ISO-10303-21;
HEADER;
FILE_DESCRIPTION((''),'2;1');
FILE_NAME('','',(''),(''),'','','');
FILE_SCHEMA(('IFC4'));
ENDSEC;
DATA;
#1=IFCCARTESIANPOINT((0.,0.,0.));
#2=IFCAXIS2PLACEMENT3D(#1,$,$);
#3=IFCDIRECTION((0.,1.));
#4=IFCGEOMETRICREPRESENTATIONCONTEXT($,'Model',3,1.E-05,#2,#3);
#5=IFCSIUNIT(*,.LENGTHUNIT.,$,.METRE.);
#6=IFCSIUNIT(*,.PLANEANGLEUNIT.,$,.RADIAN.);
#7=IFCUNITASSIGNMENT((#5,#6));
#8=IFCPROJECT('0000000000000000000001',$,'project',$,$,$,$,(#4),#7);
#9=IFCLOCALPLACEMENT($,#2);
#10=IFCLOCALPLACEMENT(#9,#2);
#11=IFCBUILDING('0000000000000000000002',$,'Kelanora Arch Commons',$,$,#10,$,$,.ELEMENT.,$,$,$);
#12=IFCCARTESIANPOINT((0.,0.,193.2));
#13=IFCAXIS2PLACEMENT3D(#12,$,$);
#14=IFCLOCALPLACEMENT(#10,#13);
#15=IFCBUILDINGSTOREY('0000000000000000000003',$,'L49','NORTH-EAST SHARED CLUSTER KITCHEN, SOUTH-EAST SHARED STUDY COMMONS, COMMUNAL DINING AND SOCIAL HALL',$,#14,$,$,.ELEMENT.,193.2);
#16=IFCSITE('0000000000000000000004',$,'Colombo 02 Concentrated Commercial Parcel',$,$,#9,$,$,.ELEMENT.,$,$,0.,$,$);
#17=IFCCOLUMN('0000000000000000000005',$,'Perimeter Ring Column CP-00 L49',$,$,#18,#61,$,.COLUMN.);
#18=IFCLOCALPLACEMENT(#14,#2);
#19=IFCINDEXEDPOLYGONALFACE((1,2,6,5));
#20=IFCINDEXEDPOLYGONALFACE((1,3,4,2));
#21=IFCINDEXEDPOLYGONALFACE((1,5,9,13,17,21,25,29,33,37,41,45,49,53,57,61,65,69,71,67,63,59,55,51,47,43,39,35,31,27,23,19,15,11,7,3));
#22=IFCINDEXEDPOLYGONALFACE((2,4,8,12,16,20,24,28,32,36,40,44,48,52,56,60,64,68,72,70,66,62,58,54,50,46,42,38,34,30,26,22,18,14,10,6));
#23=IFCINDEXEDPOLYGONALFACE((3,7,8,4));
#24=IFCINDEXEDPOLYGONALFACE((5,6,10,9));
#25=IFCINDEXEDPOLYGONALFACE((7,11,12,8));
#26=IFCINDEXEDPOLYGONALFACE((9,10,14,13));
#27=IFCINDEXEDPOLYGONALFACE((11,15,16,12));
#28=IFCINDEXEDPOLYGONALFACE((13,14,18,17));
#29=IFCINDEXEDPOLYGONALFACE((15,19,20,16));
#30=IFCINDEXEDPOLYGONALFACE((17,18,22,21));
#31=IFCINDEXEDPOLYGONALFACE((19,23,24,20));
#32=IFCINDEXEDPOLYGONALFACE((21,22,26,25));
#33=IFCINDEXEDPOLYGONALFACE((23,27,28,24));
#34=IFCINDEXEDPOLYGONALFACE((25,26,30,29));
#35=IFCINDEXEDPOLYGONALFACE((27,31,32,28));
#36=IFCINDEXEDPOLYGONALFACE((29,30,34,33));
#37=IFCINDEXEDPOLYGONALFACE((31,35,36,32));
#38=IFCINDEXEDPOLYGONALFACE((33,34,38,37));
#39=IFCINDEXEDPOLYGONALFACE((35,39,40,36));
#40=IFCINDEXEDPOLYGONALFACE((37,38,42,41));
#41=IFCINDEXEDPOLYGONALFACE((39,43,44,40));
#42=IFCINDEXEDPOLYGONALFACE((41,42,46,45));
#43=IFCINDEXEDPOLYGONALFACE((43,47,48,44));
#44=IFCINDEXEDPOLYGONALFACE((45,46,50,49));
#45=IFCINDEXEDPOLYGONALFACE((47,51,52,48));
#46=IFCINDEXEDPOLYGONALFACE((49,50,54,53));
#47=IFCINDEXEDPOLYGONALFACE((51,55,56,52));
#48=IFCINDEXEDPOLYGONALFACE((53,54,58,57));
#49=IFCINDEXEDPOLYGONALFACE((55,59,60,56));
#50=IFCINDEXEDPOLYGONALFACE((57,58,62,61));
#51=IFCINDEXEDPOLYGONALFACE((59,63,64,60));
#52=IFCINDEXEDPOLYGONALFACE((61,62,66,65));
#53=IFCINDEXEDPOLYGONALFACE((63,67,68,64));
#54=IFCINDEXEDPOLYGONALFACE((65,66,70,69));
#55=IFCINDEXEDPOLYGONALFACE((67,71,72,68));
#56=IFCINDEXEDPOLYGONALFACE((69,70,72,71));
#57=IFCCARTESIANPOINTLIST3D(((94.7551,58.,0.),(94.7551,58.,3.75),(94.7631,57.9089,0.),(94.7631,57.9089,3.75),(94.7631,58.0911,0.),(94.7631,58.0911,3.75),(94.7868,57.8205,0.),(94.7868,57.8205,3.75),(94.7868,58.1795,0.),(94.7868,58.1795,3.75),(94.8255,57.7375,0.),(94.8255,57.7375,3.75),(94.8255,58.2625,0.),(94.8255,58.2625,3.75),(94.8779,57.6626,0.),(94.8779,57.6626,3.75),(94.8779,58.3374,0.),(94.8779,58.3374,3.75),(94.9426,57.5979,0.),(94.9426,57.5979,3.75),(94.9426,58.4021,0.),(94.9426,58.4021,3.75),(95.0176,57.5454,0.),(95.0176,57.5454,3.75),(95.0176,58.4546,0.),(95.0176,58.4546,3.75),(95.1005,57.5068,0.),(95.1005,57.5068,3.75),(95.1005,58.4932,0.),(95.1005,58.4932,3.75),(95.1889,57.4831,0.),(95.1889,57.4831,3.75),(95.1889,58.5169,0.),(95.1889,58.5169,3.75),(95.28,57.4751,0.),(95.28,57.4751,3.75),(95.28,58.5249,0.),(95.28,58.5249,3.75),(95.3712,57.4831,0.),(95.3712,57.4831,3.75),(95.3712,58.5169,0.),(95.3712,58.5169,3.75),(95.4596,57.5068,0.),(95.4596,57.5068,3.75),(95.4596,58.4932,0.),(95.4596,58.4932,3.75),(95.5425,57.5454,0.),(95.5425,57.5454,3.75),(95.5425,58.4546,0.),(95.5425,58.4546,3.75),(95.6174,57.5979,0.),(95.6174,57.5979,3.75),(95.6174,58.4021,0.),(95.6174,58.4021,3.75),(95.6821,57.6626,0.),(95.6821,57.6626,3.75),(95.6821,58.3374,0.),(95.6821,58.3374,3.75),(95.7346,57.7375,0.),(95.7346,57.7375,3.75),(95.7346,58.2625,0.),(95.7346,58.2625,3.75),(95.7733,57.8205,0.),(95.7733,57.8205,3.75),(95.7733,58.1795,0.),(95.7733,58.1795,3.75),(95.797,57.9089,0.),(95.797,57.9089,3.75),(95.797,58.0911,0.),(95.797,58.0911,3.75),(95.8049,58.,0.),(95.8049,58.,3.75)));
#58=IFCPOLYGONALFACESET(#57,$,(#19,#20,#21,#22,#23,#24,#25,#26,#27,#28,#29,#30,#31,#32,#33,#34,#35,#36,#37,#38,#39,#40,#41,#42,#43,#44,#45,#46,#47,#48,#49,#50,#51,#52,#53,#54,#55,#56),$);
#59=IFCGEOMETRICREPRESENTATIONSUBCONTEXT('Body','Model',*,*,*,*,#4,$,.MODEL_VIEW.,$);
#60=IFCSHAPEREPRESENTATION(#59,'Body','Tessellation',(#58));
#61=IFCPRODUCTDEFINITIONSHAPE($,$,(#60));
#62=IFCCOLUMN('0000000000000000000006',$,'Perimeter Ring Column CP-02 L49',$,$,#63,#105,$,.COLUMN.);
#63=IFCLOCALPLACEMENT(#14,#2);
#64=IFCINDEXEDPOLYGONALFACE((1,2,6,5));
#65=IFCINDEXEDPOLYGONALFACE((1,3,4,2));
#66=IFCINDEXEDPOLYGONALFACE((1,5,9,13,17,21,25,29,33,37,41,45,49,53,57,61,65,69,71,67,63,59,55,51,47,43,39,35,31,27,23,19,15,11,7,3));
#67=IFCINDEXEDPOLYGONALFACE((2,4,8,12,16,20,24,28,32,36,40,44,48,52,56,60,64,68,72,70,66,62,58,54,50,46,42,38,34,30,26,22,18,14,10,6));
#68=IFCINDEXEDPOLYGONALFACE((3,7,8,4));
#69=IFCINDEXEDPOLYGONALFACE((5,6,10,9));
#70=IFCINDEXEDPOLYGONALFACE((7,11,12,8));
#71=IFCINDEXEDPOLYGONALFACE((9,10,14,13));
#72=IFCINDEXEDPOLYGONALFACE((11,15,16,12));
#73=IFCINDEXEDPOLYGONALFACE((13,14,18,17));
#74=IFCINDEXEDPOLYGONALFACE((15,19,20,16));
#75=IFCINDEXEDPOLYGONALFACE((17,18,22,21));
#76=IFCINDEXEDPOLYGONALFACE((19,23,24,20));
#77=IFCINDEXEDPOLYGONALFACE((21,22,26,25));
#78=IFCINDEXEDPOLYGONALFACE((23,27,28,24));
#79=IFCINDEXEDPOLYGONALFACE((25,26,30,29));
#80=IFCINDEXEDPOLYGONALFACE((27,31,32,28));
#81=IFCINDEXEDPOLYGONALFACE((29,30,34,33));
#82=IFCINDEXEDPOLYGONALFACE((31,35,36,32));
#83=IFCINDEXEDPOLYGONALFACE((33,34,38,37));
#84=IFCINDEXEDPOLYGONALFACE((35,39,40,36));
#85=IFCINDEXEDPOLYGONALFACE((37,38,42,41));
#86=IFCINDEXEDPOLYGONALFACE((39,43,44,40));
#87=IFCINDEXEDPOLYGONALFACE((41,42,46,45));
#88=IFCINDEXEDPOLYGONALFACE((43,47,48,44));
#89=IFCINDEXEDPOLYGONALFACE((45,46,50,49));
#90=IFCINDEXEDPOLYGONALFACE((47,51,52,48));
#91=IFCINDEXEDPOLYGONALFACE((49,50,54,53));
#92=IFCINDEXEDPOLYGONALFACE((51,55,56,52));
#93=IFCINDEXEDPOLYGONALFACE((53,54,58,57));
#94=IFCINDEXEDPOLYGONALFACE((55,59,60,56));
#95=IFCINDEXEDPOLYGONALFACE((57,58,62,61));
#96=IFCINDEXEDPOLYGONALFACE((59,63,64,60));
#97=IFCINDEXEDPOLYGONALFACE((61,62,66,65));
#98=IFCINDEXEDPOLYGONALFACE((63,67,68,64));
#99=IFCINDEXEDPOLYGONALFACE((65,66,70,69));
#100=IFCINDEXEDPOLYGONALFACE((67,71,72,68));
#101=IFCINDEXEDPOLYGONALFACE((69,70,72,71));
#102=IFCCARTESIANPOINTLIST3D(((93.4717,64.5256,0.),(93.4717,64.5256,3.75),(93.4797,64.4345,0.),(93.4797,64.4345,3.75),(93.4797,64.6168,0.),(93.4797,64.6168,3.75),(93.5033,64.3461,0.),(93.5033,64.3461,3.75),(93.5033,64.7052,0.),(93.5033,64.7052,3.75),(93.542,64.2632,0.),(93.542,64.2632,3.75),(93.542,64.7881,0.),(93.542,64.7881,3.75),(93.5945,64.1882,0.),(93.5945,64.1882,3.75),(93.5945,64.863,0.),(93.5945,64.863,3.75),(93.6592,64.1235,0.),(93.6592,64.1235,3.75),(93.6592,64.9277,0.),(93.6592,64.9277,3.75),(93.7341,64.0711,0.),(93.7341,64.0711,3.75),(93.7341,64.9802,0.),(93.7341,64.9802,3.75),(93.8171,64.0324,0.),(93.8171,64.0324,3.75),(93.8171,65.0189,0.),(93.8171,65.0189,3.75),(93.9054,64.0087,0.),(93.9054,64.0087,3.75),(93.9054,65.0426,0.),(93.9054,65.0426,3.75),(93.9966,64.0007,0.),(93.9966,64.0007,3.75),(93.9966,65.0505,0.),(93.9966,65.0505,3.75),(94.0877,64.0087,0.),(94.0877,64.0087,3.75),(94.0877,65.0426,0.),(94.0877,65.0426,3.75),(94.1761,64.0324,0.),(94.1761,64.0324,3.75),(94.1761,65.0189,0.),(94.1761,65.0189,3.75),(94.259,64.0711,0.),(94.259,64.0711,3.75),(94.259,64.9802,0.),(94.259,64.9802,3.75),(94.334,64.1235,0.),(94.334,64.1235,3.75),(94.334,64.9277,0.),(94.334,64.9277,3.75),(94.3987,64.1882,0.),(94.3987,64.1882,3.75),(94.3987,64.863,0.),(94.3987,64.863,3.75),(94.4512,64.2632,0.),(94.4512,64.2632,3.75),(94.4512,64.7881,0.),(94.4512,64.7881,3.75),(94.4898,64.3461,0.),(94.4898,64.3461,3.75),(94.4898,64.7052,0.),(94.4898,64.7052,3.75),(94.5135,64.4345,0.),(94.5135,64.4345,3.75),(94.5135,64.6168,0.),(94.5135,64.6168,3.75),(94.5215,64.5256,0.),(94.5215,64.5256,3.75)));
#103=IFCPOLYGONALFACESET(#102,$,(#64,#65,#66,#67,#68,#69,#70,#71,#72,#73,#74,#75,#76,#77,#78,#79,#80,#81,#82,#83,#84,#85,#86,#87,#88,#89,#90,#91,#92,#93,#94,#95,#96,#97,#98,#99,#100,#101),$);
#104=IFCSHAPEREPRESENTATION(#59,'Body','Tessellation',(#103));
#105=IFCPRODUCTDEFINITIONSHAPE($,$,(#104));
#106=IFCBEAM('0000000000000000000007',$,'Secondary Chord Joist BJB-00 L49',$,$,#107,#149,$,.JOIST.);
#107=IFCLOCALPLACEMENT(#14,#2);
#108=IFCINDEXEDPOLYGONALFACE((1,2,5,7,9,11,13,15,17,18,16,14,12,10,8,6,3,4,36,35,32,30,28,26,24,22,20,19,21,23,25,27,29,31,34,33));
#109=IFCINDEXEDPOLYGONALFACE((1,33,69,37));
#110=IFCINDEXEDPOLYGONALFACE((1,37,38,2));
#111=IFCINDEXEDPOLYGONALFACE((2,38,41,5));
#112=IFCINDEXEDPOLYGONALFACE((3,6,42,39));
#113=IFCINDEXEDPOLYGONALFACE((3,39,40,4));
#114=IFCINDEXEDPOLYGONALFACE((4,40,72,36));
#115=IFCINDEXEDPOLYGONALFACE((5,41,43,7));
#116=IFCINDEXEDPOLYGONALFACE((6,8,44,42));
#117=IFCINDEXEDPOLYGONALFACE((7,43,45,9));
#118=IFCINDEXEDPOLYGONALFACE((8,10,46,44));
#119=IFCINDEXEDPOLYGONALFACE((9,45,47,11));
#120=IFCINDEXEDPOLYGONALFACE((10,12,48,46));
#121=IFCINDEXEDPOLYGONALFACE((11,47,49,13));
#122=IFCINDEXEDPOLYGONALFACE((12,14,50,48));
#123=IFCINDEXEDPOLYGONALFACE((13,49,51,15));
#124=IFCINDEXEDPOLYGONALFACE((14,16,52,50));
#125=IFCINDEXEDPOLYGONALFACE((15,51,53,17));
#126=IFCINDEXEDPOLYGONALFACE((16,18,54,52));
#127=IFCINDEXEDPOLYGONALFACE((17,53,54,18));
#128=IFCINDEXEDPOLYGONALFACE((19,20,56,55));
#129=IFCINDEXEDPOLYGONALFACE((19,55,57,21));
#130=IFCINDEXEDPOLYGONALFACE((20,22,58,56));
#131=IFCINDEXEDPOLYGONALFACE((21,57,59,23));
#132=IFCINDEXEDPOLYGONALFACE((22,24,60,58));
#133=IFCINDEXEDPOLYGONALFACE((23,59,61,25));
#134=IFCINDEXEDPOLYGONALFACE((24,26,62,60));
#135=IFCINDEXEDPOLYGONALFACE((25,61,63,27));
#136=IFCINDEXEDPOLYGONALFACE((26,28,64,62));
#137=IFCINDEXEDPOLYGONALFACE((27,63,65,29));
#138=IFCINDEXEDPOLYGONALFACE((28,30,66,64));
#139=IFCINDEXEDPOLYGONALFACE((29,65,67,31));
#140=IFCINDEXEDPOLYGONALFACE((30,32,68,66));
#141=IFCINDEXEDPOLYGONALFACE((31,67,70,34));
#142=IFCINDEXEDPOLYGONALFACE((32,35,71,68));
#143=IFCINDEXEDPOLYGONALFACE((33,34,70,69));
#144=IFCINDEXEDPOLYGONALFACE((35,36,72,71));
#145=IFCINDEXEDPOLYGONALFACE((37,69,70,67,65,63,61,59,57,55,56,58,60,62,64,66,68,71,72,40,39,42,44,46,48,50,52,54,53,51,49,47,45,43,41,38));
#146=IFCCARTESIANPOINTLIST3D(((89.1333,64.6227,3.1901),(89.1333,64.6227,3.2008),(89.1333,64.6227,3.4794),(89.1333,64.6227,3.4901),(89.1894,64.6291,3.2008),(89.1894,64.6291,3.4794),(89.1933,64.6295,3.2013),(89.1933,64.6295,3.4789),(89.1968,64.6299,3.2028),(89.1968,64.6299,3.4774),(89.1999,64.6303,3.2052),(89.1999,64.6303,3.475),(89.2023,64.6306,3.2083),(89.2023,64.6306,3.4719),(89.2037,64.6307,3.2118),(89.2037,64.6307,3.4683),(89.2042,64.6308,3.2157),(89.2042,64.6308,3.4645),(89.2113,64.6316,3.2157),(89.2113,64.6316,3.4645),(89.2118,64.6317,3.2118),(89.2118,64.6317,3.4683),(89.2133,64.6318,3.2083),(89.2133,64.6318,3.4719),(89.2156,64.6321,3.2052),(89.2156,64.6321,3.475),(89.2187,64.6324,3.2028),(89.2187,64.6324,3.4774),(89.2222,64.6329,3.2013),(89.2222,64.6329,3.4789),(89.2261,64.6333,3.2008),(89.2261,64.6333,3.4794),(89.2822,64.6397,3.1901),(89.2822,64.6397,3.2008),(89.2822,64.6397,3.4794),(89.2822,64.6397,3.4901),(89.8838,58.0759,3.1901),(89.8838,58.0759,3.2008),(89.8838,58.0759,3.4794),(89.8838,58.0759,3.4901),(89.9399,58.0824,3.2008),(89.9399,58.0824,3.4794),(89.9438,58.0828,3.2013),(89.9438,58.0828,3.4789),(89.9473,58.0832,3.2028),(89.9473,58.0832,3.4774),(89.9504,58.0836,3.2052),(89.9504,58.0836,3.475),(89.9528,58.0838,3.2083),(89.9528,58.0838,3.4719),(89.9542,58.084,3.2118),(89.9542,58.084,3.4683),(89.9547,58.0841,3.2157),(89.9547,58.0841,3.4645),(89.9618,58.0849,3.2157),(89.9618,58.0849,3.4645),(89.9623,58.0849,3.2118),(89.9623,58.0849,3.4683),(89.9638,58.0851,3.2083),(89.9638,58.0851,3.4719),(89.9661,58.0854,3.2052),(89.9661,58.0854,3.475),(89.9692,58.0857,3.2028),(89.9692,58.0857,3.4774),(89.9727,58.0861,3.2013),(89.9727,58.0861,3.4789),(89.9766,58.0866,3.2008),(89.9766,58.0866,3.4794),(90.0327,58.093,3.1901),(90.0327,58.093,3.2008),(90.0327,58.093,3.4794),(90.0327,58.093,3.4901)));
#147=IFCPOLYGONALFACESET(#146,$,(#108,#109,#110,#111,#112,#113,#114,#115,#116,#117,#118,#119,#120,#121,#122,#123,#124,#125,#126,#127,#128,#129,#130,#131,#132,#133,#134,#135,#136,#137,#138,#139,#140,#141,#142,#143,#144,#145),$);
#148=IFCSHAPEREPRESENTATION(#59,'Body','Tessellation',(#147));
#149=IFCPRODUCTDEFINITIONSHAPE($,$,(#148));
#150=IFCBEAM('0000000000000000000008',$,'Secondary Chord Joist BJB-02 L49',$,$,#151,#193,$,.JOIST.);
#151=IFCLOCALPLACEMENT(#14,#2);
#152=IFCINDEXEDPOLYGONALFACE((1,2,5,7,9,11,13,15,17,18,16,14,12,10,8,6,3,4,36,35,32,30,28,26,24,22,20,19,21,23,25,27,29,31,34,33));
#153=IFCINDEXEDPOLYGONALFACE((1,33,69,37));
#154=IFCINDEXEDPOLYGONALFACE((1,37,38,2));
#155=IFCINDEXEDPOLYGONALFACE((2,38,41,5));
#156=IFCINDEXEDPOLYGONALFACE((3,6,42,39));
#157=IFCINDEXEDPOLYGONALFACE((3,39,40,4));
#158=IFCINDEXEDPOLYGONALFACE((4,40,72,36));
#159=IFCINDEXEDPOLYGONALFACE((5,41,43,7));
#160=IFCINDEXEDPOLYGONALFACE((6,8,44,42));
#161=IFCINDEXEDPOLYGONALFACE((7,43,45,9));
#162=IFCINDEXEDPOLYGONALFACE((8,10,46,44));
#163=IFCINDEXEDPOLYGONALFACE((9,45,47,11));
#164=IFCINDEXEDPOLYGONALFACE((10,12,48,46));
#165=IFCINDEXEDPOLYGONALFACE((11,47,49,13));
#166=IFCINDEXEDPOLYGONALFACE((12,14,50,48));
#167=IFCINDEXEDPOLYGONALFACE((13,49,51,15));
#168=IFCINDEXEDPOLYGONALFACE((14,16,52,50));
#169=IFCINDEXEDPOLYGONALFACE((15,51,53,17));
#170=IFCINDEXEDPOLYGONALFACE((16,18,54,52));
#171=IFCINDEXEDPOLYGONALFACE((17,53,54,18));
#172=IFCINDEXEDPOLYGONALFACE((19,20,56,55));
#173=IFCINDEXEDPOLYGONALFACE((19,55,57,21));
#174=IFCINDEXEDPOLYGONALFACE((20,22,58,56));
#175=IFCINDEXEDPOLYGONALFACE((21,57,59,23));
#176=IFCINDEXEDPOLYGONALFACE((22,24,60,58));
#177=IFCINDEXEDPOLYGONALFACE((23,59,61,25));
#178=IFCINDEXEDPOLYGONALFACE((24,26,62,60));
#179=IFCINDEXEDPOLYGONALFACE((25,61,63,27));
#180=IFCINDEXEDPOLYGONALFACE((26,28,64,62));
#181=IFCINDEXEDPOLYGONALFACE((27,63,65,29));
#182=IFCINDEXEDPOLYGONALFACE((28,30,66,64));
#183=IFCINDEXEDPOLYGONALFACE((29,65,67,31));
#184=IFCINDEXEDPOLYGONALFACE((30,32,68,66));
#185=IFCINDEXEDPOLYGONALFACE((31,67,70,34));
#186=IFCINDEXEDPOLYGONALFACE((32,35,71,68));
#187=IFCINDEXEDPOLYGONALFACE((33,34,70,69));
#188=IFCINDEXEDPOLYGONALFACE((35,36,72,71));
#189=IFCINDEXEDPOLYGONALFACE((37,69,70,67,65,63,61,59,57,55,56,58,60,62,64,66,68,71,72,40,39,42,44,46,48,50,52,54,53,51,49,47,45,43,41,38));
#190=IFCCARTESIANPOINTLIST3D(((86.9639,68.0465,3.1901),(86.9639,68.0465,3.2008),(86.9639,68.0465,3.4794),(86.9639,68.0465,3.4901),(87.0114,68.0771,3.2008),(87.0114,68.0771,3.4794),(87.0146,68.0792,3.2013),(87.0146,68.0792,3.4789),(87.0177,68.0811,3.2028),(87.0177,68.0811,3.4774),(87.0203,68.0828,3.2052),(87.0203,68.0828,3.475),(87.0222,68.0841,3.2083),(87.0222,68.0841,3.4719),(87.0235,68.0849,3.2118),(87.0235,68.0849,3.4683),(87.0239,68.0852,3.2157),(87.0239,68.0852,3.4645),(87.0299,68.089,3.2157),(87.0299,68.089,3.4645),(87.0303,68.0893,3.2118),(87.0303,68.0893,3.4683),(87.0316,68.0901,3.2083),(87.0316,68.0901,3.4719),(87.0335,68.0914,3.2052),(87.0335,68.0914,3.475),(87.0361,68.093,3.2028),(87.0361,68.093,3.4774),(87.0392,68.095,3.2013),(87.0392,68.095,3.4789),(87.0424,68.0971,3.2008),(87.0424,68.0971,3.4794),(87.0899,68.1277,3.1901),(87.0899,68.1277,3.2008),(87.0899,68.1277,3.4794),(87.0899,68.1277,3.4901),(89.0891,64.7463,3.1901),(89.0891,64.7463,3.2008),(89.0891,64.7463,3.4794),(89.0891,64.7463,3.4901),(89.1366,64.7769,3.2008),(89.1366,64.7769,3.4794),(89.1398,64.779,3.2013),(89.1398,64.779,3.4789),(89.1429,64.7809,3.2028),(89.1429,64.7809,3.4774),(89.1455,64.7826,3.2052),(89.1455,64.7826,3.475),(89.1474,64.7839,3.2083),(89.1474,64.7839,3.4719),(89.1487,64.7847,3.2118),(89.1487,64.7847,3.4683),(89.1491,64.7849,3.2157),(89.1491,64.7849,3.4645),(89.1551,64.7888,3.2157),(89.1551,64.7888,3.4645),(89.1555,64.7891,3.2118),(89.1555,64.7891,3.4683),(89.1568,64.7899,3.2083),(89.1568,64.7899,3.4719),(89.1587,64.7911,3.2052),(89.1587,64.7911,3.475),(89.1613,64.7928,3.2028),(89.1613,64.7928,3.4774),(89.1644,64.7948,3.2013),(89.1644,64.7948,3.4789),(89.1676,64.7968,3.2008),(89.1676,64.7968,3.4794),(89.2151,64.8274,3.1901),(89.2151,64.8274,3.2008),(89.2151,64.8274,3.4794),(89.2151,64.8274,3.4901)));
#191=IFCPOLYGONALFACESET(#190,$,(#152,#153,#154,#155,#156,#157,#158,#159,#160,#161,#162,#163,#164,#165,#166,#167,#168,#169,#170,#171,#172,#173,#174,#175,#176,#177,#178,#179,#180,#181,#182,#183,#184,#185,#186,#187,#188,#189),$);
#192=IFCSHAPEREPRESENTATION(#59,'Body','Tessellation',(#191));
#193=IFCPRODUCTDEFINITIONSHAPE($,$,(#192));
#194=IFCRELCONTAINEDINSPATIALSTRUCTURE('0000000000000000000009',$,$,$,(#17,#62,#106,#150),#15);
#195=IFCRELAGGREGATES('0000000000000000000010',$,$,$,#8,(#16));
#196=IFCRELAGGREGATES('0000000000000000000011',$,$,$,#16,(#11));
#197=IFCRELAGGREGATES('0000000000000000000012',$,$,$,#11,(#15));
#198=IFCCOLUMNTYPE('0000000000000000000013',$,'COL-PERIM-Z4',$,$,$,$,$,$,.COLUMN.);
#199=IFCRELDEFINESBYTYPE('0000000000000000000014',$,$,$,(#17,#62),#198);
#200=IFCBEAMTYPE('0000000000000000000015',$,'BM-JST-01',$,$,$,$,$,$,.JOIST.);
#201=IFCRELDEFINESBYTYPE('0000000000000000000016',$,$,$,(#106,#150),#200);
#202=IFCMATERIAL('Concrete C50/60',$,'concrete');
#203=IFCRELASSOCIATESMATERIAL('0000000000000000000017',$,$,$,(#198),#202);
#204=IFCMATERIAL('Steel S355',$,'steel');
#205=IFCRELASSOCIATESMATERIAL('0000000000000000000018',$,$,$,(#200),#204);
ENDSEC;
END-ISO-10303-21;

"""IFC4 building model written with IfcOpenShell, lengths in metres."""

from ifc_helpers import new_model, si_unit, direction, frame, origin, origin_2d, place, context, subcontext, project, spatial, circle, i_section, extrude, material, material_profile, profile_set, type_object, element, save


model = new_model("IFC4")

# Units and contexts
model_context = context("Model", 3, precision=1e-05, world=origin(), true_north=direction((0.0, 1.0)))
body_context = subcontext(model_context, "Body", "Model", "MODEL_VIEW")
ifc_project = project(units=[si_unit("LENGTHUNIT", "METRE"), si_unit("PLANEANGLEUNIT", "RADIAN")], contexts=[model_context])

# Site, building, storey
site_placement = place(None, origin())
site = spatial("IfcSite", under=ifc_project, at=site_placement, Name="Colombo 02 Concentrated Commercial Parcel", CompositionType="ELEMENT", RefElevation=0.0)
building_placement = place(site_placement, origin())
building = spatial("IfcBuilding", under=site, at=building_placement, Name="Kelanora Arch Commons", CompositionType="ELEMENT")
storey_placement = place(building_placement, frame((0.0, 0.0, 193.2)))
storey = spatial("IfcBuildingStorey", under=building, at=storey_placement, Name="L49", Description="NORTH-EAST SHARED CLUSTER KITCHEN, SOUTH-EAST SHARED STUDY COMMONS, COMMUNAL DINING AND SOCIAL HALL", CompositionType="ELEMENT", Elevation=193.2)

# Columns
ifc_material_1 = material(Name="Concrete C50/60", Category="concrete")
ifc_material_profile_1 = material_profile(ifc_material_1, circle(Radius=0.5249, at=origin_2d()), Name="RCC1050")
ifc_profile_set_1 = profile_set([ifc_material_profile_1], Name="Concrete C50/60")
column_type = type_object("IfcColumnType", Name="COL-PERIM-Z4", PredefinedType="COLUMN", material=ifc_profile_set_1)
for number, where, z_axis, x_axis, name in (
    (1, (95.28, 58.0, 0.0), (0.0, 0.0, 1.0), (1.0, 0.0, 0.0), "Perimeter Ring Column CP-00 L49"),
    (2, (93.9966, 64.5256, 0.0), (0.0, 0.0, 1.0), (1.0, 0.0, 0.0), "Perimeter Ring Column CP-02 L49"),
):
    element("IfcColumn", number, at=place(storey_placement, frame(where, z_axis=z_axis, x_axis=x_axis)), inside=storey, type_object=column_type, Name=name, PredefinedType="COLUMN", context=body_context, shape_type="SweptSolid", body=[
        extrude(circle(Radius=0.5249, at=origin_2d()), origin(), (0.0, 0.0, 1.0), 3.75),
    ])

# Beams
ifc_material_2 = material(Name="Steel S355", Category="steel")
ifc_material_profile_2 = material_profile(ifc_material_2, i_section(OverallWidth=0.1499, OverallDepth=0.3, WebThickness=0.0071, FlangeThickness=0.0107, FilletRadius=0.0149, at=origin_2d()), Name="IPE300")
ifc_profile_set_2 = profile_set([ifc_material_profile_2], Name="Steel S355")
beam_type_1 = type_object("IfcBeamType", Name="BM-JST-01", PredefinedType="JOIST", material=ifc_profile_set_2)
beam_1_placement = place(storey_placement, frame((89.9583, 58.0845, 3.3401), z_axis=(-0.113891, 0.993493, 0.0), x_axis=(-0.993493, -0.113891, 0.0)))
element("IfcBeam", 3, at=beam_1_placement, inside=storey, type_object=beam_type_1, Name="Secondary Chord Joist BJB-00 L49", PredefinedType="JOIST", context=body_context, shape_type="SweptSolid", body=[
    extrude(i_section(OverallWidth=0.1499, OverallDepth=0.3, WebThickness=0.0071, FlangeThickness=0.0107, FilletRadius=0.0149, at=origin_2d()), origin(), (0.0, 0.0, 1.0), 6.5896),
])
beam_2_placement = place(storey_placement, frame((89.1521, 64.7869, 3.3401), z_axis=(-0.541411, 0.840758, 0.0), x_axis=(-0.840758, -0.541411, 0.0)))
element("IfcBeam", 4, at=beam_2_placement, inside=storey, type_object=beam_type_1, Name="Secondary Chord Joist BJB-02 L49", PredefinedType="JOIST", context=body_context, shape_type="SweptSolid", body=[
    extrude(i_section(OverallWidth=0.1499, OverallDepth=0.3, WebThickness=0.0071, FlangeThickness=0.0107, FilletRadius=0.0149, at=origin_2d()), origin(), (0.0, 0.0, 1.0), 3.9253),
])

save(model, "model.ifc")
